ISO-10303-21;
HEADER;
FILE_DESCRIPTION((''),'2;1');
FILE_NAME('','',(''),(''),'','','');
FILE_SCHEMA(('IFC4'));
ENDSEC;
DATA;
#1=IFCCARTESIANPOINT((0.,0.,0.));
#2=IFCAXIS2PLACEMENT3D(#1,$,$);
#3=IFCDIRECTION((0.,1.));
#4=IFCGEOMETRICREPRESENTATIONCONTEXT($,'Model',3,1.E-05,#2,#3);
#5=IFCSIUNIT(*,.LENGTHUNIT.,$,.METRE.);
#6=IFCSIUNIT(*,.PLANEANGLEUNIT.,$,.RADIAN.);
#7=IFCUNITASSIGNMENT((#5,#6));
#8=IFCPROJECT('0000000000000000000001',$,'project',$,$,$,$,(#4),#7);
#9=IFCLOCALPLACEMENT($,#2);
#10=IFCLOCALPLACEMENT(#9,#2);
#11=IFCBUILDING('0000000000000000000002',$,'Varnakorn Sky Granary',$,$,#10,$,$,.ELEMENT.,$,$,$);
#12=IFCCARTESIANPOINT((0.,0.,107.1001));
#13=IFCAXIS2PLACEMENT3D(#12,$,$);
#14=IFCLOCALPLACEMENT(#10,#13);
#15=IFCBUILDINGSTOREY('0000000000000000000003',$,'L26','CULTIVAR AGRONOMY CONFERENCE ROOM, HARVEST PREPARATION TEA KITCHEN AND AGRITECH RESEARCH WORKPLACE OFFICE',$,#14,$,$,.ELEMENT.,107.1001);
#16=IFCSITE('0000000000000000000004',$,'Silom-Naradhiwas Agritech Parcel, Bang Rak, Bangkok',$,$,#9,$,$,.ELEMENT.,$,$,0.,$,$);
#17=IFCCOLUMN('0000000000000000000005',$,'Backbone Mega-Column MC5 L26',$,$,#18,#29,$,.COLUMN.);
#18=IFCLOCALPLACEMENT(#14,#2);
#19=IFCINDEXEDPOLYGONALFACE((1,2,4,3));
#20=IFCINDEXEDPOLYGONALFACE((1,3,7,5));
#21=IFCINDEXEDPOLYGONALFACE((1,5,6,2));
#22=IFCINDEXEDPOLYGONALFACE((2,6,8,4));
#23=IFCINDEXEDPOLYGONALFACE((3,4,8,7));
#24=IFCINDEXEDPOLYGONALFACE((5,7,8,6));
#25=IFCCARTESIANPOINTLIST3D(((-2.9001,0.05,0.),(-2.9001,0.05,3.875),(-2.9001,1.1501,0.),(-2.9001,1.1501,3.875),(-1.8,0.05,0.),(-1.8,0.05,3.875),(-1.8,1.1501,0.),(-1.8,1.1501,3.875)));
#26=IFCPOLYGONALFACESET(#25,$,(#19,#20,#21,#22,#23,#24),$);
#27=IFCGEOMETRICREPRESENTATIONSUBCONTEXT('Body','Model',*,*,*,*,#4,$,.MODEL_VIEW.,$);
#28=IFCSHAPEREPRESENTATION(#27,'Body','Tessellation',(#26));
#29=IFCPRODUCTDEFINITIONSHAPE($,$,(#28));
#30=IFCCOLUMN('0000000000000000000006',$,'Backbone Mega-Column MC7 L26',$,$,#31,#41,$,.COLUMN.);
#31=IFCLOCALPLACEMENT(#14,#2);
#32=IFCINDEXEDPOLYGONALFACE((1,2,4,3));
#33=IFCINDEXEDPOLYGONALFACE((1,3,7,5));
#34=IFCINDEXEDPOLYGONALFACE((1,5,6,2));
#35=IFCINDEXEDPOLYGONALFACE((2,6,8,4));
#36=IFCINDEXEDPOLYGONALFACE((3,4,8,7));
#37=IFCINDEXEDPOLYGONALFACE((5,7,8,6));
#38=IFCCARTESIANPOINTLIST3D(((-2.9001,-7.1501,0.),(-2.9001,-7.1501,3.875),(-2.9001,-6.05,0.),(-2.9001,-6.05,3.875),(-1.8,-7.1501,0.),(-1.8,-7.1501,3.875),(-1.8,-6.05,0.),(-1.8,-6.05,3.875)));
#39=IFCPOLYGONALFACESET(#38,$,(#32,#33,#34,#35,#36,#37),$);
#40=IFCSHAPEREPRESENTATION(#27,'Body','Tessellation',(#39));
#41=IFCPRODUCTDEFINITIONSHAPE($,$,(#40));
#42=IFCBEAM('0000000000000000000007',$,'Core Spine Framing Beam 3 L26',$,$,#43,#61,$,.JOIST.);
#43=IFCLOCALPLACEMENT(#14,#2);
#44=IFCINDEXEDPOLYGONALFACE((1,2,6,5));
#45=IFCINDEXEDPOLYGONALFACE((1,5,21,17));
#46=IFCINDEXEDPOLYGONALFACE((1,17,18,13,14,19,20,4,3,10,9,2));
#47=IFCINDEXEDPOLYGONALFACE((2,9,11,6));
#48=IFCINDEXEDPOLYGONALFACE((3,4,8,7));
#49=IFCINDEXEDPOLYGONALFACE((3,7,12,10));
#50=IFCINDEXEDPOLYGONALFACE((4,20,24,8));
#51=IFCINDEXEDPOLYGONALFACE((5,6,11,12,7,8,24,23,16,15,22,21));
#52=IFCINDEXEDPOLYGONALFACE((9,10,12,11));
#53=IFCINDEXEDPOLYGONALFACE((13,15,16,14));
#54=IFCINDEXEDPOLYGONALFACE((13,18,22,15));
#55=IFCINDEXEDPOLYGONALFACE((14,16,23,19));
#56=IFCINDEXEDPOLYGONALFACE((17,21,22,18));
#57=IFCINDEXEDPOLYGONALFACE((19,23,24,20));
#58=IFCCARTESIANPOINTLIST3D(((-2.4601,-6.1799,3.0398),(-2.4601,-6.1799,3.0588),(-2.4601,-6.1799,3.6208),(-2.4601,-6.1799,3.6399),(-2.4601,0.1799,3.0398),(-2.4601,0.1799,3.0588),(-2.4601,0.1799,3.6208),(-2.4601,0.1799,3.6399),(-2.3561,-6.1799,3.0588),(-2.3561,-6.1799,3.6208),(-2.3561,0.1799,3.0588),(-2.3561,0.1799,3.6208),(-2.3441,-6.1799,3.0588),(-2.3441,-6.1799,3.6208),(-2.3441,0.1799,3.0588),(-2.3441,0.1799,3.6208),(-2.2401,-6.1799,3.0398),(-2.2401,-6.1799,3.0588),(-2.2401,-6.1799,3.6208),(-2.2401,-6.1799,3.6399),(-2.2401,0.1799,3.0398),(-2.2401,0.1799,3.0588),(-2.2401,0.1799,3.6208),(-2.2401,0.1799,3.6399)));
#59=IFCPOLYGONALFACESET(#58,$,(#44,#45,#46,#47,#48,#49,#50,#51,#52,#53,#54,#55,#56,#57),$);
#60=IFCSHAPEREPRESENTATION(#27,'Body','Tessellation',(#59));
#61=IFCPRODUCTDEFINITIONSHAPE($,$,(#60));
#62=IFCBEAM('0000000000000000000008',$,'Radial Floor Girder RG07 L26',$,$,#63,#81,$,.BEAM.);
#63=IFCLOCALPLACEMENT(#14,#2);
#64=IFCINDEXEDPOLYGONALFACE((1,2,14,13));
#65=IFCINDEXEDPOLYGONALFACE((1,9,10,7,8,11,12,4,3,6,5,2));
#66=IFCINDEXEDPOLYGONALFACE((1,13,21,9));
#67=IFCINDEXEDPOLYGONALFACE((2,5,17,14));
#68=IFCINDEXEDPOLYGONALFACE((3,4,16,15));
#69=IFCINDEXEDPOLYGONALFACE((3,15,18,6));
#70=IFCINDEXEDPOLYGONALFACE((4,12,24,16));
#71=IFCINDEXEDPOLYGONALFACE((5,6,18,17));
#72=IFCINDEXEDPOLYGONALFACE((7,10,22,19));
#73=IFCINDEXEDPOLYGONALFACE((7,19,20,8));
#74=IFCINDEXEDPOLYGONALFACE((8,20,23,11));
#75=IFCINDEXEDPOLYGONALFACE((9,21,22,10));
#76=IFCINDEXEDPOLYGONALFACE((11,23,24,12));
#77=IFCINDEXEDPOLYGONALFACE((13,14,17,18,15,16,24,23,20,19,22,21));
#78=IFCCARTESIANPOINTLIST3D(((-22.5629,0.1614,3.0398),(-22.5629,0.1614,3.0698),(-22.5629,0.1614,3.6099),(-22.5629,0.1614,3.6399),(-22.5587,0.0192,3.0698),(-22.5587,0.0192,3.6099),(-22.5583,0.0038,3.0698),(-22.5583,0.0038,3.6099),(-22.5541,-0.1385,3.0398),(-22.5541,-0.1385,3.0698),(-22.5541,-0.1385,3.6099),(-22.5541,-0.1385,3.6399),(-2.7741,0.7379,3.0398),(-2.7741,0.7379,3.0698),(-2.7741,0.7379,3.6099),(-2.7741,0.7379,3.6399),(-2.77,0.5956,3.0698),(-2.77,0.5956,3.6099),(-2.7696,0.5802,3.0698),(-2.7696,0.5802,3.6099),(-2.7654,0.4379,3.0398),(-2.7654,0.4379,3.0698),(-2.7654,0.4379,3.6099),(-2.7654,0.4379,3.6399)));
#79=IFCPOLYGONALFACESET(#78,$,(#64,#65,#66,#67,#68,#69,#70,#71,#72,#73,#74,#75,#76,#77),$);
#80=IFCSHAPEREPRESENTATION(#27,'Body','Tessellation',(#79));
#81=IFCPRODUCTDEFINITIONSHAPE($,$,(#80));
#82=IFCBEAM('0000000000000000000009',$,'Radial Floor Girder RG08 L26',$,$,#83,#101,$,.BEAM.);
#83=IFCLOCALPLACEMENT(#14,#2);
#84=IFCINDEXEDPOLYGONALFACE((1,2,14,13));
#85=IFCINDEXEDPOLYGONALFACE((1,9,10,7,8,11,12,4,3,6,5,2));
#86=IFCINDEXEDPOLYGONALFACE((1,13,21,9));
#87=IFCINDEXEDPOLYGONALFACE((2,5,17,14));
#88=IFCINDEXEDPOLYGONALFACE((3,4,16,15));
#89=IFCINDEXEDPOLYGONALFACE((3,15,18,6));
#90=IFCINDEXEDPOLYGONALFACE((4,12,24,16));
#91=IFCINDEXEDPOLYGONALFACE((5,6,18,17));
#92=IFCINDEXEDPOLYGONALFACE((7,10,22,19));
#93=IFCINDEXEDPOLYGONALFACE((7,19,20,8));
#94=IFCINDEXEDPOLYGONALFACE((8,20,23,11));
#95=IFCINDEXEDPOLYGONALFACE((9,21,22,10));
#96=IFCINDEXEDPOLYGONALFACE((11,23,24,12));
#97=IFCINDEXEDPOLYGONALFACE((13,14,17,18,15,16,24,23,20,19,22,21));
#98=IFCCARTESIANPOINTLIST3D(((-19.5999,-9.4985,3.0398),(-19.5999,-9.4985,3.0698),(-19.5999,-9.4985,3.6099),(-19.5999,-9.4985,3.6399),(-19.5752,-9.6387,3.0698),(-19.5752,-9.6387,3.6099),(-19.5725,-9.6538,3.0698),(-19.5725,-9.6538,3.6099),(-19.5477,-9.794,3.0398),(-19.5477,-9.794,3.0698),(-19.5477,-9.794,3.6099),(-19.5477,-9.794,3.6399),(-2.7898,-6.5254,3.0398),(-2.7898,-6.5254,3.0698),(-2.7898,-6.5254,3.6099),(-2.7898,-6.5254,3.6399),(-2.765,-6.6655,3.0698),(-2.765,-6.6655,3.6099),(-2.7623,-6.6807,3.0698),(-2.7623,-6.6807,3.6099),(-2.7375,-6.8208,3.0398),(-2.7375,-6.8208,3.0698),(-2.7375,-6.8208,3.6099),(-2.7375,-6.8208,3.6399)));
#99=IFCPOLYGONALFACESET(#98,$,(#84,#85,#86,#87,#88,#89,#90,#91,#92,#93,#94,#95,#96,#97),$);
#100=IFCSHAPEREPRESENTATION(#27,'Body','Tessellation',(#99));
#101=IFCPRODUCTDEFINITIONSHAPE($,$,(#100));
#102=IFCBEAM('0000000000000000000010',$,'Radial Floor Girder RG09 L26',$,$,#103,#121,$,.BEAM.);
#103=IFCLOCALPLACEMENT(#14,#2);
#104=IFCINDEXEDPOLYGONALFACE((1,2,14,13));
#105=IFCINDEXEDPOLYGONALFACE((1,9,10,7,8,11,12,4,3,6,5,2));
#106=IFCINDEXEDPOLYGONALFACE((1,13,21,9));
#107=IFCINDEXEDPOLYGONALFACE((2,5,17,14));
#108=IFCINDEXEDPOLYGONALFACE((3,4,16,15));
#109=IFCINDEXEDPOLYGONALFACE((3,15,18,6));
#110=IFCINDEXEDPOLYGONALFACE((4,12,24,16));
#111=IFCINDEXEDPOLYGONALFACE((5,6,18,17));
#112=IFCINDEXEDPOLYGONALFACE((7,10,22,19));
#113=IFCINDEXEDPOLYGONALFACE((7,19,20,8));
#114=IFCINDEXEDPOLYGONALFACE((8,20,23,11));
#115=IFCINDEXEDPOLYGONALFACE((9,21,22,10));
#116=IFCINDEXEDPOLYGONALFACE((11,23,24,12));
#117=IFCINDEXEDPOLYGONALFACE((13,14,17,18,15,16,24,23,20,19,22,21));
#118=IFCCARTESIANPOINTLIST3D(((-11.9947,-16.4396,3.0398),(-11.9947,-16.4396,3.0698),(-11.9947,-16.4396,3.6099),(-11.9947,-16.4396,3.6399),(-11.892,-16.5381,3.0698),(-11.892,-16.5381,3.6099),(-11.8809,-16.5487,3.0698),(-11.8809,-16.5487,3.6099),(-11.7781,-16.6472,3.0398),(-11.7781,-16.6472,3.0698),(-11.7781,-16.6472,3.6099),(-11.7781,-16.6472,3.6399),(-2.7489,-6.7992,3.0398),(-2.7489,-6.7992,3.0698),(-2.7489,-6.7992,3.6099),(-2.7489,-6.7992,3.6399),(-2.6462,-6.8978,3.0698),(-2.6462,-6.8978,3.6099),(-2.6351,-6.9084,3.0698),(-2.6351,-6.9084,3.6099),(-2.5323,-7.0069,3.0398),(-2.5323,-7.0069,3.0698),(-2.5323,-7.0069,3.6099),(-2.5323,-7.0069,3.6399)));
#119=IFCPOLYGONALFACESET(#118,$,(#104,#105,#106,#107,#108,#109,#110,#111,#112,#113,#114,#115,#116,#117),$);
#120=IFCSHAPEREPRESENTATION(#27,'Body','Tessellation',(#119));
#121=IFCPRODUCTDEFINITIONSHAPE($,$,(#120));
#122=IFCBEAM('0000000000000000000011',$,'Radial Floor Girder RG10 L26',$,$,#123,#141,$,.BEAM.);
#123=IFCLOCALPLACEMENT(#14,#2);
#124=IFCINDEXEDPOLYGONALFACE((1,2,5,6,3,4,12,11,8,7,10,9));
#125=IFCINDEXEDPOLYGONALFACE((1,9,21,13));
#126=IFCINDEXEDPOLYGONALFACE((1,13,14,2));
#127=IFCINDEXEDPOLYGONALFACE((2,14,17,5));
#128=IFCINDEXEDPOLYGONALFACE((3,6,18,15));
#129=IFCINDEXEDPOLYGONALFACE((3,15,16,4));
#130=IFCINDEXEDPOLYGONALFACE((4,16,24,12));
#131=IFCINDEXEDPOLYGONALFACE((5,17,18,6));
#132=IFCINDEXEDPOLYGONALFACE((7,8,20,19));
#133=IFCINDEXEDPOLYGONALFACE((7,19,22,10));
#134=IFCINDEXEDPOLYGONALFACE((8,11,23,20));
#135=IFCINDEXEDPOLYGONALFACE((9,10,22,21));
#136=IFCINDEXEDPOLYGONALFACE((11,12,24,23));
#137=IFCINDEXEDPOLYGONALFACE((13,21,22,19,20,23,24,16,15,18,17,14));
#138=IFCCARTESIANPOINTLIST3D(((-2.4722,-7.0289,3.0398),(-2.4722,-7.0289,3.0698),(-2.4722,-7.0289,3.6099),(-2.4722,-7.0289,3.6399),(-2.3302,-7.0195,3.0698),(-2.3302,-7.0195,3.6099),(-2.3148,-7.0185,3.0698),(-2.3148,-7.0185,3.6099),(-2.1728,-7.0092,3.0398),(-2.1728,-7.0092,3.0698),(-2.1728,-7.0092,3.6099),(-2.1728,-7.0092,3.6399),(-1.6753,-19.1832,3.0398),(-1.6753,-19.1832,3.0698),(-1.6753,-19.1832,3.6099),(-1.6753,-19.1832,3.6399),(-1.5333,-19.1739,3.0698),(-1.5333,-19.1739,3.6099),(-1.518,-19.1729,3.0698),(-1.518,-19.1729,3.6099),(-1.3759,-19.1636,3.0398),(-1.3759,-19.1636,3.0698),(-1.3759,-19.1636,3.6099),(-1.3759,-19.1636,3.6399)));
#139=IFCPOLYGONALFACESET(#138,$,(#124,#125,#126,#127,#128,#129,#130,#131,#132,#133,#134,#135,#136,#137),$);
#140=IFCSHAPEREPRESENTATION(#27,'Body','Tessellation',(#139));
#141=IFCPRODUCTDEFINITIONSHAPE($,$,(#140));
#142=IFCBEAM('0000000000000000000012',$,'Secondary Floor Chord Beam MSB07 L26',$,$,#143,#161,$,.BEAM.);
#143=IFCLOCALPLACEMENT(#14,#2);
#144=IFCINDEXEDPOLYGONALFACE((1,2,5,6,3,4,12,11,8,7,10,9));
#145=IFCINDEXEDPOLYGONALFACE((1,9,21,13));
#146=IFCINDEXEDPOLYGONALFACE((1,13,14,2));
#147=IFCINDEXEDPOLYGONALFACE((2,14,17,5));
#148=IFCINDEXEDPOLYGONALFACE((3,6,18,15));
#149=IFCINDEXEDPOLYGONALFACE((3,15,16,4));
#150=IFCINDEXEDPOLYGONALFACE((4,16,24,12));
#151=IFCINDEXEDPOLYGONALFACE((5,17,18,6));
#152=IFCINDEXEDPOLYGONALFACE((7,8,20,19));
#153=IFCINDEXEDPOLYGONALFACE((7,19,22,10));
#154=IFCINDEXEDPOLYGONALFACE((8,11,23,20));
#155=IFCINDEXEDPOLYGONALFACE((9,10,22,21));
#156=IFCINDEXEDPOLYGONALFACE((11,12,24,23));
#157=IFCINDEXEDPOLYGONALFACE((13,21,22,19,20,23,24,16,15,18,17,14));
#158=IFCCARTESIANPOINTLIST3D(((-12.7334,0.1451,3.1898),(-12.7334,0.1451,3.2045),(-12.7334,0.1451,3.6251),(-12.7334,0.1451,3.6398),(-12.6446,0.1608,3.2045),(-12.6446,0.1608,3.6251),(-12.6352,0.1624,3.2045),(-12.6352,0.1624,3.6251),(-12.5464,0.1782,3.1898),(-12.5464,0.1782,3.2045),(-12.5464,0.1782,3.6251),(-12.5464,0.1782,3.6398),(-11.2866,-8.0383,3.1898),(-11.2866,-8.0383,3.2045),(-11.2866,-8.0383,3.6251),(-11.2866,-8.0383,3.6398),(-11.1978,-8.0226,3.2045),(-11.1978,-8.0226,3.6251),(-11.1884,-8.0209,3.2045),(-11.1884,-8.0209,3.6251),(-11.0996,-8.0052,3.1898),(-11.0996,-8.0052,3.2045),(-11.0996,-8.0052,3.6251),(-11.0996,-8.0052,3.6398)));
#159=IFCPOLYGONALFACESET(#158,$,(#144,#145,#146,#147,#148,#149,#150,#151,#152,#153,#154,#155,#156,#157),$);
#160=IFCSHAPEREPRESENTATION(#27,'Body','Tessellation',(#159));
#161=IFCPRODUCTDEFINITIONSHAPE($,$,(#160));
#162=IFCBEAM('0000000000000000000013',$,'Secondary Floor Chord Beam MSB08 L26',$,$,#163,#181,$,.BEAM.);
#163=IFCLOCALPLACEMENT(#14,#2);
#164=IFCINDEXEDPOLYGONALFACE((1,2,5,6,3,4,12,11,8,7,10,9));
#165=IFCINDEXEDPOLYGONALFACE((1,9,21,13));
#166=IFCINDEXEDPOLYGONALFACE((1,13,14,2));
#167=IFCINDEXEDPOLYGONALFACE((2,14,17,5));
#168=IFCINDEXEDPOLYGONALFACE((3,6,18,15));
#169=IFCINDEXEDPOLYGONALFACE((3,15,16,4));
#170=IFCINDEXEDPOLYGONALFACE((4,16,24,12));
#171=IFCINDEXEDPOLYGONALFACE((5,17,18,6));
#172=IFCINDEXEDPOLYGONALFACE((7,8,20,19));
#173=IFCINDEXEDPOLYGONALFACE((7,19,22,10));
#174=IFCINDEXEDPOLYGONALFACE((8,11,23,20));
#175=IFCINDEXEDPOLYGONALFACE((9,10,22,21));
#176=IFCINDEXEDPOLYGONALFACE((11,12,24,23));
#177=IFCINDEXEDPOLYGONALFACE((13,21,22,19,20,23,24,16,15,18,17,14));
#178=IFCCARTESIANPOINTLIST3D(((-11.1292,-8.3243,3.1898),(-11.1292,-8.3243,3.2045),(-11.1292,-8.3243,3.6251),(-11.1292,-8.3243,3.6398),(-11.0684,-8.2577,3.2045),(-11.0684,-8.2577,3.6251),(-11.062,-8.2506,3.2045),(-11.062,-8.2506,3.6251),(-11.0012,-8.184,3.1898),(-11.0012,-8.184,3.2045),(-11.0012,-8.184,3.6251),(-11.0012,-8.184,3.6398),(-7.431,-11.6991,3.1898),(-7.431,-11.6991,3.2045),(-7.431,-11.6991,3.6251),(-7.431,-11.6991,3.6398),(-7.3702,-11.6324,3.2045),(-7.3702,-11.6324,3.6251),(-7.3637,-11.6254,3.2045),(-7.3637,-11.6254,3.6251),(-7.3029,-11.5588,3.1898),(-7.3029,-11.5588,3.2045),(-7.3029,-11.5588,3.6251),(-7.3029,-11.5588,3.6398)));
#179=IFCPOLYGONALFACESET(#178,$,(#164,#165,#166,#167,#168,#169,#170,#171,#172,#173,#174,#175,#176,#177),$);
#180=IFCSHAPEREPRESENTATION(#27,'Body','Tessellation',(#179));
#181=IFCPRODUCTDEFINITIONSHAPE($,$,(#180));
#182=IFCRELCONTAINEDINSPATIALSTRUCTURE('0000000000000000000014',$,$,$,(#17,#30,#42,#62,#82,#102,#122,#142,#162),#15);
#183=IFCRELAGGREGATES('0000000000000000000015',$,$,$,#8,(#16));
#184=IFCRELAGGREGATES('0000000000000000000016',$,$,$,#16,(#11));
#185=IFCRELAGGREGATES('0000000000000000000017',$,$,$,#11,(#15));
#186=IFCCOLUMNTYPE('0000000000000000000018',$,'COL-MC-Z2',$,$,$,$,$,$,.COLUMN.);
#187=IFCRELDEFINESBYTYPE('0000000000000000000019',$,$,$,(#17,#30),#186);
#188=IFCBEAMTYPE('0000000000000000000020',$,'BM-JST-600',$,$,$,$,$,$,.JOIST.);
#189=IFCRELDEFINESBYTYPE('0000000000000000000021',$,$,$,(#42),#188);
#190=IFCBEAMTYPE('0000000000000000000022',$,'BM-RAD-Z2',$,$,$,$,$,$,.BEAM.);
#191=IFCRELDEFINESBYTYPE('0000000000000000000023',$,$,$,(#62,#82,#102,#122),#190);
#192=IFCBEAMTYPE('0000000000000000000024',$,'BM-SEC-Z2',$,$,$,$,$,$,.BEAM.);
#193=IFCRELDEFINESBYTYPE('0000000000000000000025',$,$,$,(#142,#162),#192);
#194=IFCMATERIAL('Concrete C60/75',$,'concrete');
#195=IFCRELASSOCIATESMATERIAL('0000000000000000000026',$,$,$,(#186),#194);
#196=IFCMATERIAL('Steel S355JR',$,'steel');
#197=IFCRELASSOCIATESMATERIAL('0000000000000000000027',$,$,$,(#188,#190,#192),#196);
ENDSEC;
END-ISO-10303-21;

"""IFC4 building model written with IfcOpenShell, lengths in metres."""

from ifc_helpers import new_model, si_unit, direction, frame, origin, origin_2d, place, context, subcontext, project, spatial, rectangle, i_section, extrude, material, material_profile, profile_set, type_object, element, save


model = new_model("IFC4")

# Units and contexts
model_context = context("Model", 3, precision=1e-05, world=origin(), true_north=direction((0.0, 1.0)))
body_context = subcontext(model_context, "Body", "Model", "MODEL_VIEW")
ifc_project = project(units=[si_unit("LENGTHUNIT", "METRE"), si_unit("PLANEANGLEUNIT", "RADIAN")], contexts=[model_context])

# Site, building, storey
site_placement = place(None, origin())
site = spatial("IfcSite", under=ifc_project, at=site_placement, Name="Silom-Naradhiwas Agritech Parcel, Bang Rak, Bangkok", CompositionType="ELEMENT", RefElevation=0.0)
building_placement = place(site_placement, origin())
building = spatial("IfcBuilding", under=site, at=building_placement, Name="Varnakorn Sky Granary", CompositionType="ELEMENT")
storey_placement = place(building_placement, frame((0.0, 0.0, 107.1001)))
storey = spatial("IfcBuildingStorey", under=building, at=storey_placement, Name="L26", Description="CULTIVAR AGRONOMY CONFERENCE ROOM, HARVEST PREPARATION TEA KITCHEN AND AGRITECH RESEARCH WORKPLACE OFFICE", CompositionType="ELEMENT", Elevation=107.1001)

# Columns
ifc_material_1 = material(Name="Concrete C60/75", Category="concrete")
ifc_material_profile_1 = material_profile(ifc_material_1, rectangle(XDim=1.1001, YDim=1.1001, at=origin_2d()), Name="RC 1100x1100")
ifc_profile_set_1 = profile_set([ifc_material_profile_1], Name="Concrete C60/75")
column_type = type_object("IfcColumnType", Name="COL-MC-Z2", PredefinedType="COLUMN", material=ifc_profile_set_1)
for number, where, z_axis, x_axis, name in (
    (1, (-2.3501, 0.6001, 0.0), (0.0, 0.0, 1.0), (1.0, 0.0, 0.0), "Backbone Mega-Column MC5 L26"),
    (2, (-2.3501, -6.6001, 0.0), (0.0, 0.0, 1.0), (1.0, 0.0, 0.0), "Backbone Mega-Column MC7 L26"),
):
    element("IfcColumn", number, at=place(storey_placement, frame(where, z_axis=z_axis, x_axis=x_axis)), inside=storey, type_object=column_type, Name=name, PredefinedType="COLUMN", context=body_context, shape_type="SweptSolid", body=[
        extrude(rectangle(XDim=1.1001, YDim=1.1001, at=origin_2d()), origin(), (0.0, 0.0, 1.0), 3.875),
    ])

# Beams
ifc_material_2 = material(Name="Steel S355JR", Category="steel")
ifc_material_profile_2 = material_profile(ifc_material_2, i_section(OverallWidth=0.22, OverallDepth=0.6001, WebThickness=0.012, FlangeThickness=0.019, at=origin_2d()), Name="IPE 600")
ifc_profile_set_2 = profile_set([ifc_material_profile_2], Name="Steel S355JR")
beam_type_1 = type_object("IfcBeamType", Name="BM-JST-600", PredefinedType="JOIST", material=ifc_profile_set_2)
beam_1_placement = place(storey_placement, frame((-2.3501, 0.1799, 3.3398), z_axis=(0.0, -1.0, 0.0), x_axis=(1.0, 0.0, 0.0)))
element("IfcBeam", 3, at=beam_1_placement, inside=storey, type_object=beam_type_1, Name="Core Spine Framing Beam 3 L26", PredefinedType="JOIST", context=body_context, shape_type="SweptSolid", body=[
    extrude(i_section(OverallWidth=0.22, OverallDepth=0.6001, WebThickness=0.012, FlangeThickness=0.019, at=origin_2d()), origin(), (0.0, 0.0, 1.0), 6.3599),
])
ifc_material_profile_3 = material_profile(ifc_material_2, i_section(OverallWidth=0.3, OverallDepth=0.6001, WebThickness=0.0154, FlangeThickness=0.03, at=origin_2d()), Name="HE 600 B")
ifc_profile_set_3 = profile_set([ifc_material_profile_3], Name="Steel S355JR")
beam_type_2 = type_object("IfcBeamType", Name="BM-RAD-Z2", PredefinedType="BEAM", material=ifc_profile_set_3)
beam_2_placement = place(storey_placement, frame((-2.7698, 0.5879, 3.3398), z_axis=(-0.999576, -0.029116, 0.0), x_axis=(0.029116, -0.999576, 0.0)))
element("IfcBeam", 4, at=beam_2_placement, inside=storey, type_object=beam_type_2, Name="Radial Floor Girder RG07 L26", PredefinedType="BEAM", context=body_context, shape_type="SweptSolid", body=[
    extrude(i_section(OverallWidth=0.3, OverallDepth=0.6001, WebThickness=0.0154, FlangeThickness=0.03, at=origin_2d()), origin(), (0.0, 0.0, 1.0), 19.7971),
])
beam_3_placement = place(storey_placement, frame((-2.7637, -6.6731, 3.3398), z_axis=(-0.984717, -0.174164, 0.0), x_axis=(0.174164, -0.984717, 0.0)))
element("IfcBeam", 5, at=beam_3_placement, inside=storey, type_object=beam_type_2, Name="Radial Floor Girder RG08 L26", PredefinedType="BEAM", context=body_context, shape_type="SweptSolid", body=[
    extrude(i_section(OverallWidth=0.3, OverallDepth=0.6001, WebThickness=0.0154, FlangeThickness=0.03, at=origin_2d()), origin(), (0.0, 0.0, 1.0), 17.071),
])
beam_4_placement = place(storey_placement, frame((-2.6406, -6.9031, 3.3398), z_axis=(-0.692184, -0.721721, 0.0), x_axis=(0.721721, -0.692184, 0.0)))
element("IfcBeam", 6, at=beam_4_placement, inside=storey, type_object=beam_type_2, Name="Radial Floor Girder RG09 L26", PredefinedType="BEAM", context=body_context, shape_type="SweptSolid", body=[
    extrude(i_section(OverallWidth=0.3, OverallDepth=0.6001, WebThickness=0.0154, FlangeThickness=0.03, at=origin_2d()), origin(), (0.0, 0.0, 1.0), 13.3574),
])
beam_5_placement = place(storey_placement, frame((-2.3225, -7.019, 3.3398), z_axis=(0.065423, -0.997858, 0.0), x_axis=(0.997858, 0.065423, 0.0)))
element("IfcBeam", 7, at=beam_5_placement, inside=storey, type_object=beam_type_2, Name="Radial Floor Girder RG10 L26", PredefinedType="BEAM", context=body_context, shape_type="SweptSolid", body=[
    extrude(i_section(OverallWidth=0.3, OverallDepth=0.6001, WebThickness=0.0154, FlangeThickness=0.03, at=origin_2d()), origin(), (0.0, 0.0, 1.0), 12.1804),
])
ifc_material_profile_4 = material_profile(ifc_material_2, i_section(OverallWidth=0.1899, OverallDepth=0.45, WebThickness=0.0095, FlangeThickness=0.0146, at=origin_2d()), Name="IPE 450")
ifc_profile_set_4 = profile_set([ifc_material_profile_4], Name="Steel S355JR")
beam_type_3 = type_object("IfcBeamType", Name="BM-SEC-Z2", PredefinedType="BEAM", material=ifc_profile_set_4)
beam_6_placement = place(storey_placement, frame((-12.6399, 0.1616, 3.4148), z_axis=(0.174095, -0.984729, 0.0), x_axis=(0.984729, 0.174095, 0.0)))
element("IfcBeam", 8, at=beam_6_placement, inside=storey, type_object=beam_type_3, Name="Secondary Floor Chord Beam MSB07 L26", PredefinedType="BEAM", context=body_context, shape_type="SweptSolid", body=[
    extrude(i_section(OverallWidth=0.1899, OverallDepth=0.45, WebThickness=0.0095, FlangeThickness=0.0146, at=origin_2d()), origin(), (0.0, 0.0, 1.0), 8.3103),
])
beam_7_placement = place(storey_placement, frame((-11.0652, -8.2542, 3.4148), z_axis=(0.738674, -0.674062, 0.0), x_axis=(0.674062, 0.738674, 0.0)))
element("IfcBeam", 9, at=beam_7_placement, inside=storey, type_object=beam_type_3, Name="Secondary Floor Chord Beam MSB08 L26", PredefinedType="BEAM", context=body_context, shape_type="SweptSolid", body=[
    extrude(i_section(OverallWidth=0.1899, OverallDepth=0.45, WebThickness=0.0095, FlangeThickness=0.0146, at=origin_2d()), origin(), (0.0, 0.0, 1.0), 5.0066),
])

save(model, "model.ifc")
